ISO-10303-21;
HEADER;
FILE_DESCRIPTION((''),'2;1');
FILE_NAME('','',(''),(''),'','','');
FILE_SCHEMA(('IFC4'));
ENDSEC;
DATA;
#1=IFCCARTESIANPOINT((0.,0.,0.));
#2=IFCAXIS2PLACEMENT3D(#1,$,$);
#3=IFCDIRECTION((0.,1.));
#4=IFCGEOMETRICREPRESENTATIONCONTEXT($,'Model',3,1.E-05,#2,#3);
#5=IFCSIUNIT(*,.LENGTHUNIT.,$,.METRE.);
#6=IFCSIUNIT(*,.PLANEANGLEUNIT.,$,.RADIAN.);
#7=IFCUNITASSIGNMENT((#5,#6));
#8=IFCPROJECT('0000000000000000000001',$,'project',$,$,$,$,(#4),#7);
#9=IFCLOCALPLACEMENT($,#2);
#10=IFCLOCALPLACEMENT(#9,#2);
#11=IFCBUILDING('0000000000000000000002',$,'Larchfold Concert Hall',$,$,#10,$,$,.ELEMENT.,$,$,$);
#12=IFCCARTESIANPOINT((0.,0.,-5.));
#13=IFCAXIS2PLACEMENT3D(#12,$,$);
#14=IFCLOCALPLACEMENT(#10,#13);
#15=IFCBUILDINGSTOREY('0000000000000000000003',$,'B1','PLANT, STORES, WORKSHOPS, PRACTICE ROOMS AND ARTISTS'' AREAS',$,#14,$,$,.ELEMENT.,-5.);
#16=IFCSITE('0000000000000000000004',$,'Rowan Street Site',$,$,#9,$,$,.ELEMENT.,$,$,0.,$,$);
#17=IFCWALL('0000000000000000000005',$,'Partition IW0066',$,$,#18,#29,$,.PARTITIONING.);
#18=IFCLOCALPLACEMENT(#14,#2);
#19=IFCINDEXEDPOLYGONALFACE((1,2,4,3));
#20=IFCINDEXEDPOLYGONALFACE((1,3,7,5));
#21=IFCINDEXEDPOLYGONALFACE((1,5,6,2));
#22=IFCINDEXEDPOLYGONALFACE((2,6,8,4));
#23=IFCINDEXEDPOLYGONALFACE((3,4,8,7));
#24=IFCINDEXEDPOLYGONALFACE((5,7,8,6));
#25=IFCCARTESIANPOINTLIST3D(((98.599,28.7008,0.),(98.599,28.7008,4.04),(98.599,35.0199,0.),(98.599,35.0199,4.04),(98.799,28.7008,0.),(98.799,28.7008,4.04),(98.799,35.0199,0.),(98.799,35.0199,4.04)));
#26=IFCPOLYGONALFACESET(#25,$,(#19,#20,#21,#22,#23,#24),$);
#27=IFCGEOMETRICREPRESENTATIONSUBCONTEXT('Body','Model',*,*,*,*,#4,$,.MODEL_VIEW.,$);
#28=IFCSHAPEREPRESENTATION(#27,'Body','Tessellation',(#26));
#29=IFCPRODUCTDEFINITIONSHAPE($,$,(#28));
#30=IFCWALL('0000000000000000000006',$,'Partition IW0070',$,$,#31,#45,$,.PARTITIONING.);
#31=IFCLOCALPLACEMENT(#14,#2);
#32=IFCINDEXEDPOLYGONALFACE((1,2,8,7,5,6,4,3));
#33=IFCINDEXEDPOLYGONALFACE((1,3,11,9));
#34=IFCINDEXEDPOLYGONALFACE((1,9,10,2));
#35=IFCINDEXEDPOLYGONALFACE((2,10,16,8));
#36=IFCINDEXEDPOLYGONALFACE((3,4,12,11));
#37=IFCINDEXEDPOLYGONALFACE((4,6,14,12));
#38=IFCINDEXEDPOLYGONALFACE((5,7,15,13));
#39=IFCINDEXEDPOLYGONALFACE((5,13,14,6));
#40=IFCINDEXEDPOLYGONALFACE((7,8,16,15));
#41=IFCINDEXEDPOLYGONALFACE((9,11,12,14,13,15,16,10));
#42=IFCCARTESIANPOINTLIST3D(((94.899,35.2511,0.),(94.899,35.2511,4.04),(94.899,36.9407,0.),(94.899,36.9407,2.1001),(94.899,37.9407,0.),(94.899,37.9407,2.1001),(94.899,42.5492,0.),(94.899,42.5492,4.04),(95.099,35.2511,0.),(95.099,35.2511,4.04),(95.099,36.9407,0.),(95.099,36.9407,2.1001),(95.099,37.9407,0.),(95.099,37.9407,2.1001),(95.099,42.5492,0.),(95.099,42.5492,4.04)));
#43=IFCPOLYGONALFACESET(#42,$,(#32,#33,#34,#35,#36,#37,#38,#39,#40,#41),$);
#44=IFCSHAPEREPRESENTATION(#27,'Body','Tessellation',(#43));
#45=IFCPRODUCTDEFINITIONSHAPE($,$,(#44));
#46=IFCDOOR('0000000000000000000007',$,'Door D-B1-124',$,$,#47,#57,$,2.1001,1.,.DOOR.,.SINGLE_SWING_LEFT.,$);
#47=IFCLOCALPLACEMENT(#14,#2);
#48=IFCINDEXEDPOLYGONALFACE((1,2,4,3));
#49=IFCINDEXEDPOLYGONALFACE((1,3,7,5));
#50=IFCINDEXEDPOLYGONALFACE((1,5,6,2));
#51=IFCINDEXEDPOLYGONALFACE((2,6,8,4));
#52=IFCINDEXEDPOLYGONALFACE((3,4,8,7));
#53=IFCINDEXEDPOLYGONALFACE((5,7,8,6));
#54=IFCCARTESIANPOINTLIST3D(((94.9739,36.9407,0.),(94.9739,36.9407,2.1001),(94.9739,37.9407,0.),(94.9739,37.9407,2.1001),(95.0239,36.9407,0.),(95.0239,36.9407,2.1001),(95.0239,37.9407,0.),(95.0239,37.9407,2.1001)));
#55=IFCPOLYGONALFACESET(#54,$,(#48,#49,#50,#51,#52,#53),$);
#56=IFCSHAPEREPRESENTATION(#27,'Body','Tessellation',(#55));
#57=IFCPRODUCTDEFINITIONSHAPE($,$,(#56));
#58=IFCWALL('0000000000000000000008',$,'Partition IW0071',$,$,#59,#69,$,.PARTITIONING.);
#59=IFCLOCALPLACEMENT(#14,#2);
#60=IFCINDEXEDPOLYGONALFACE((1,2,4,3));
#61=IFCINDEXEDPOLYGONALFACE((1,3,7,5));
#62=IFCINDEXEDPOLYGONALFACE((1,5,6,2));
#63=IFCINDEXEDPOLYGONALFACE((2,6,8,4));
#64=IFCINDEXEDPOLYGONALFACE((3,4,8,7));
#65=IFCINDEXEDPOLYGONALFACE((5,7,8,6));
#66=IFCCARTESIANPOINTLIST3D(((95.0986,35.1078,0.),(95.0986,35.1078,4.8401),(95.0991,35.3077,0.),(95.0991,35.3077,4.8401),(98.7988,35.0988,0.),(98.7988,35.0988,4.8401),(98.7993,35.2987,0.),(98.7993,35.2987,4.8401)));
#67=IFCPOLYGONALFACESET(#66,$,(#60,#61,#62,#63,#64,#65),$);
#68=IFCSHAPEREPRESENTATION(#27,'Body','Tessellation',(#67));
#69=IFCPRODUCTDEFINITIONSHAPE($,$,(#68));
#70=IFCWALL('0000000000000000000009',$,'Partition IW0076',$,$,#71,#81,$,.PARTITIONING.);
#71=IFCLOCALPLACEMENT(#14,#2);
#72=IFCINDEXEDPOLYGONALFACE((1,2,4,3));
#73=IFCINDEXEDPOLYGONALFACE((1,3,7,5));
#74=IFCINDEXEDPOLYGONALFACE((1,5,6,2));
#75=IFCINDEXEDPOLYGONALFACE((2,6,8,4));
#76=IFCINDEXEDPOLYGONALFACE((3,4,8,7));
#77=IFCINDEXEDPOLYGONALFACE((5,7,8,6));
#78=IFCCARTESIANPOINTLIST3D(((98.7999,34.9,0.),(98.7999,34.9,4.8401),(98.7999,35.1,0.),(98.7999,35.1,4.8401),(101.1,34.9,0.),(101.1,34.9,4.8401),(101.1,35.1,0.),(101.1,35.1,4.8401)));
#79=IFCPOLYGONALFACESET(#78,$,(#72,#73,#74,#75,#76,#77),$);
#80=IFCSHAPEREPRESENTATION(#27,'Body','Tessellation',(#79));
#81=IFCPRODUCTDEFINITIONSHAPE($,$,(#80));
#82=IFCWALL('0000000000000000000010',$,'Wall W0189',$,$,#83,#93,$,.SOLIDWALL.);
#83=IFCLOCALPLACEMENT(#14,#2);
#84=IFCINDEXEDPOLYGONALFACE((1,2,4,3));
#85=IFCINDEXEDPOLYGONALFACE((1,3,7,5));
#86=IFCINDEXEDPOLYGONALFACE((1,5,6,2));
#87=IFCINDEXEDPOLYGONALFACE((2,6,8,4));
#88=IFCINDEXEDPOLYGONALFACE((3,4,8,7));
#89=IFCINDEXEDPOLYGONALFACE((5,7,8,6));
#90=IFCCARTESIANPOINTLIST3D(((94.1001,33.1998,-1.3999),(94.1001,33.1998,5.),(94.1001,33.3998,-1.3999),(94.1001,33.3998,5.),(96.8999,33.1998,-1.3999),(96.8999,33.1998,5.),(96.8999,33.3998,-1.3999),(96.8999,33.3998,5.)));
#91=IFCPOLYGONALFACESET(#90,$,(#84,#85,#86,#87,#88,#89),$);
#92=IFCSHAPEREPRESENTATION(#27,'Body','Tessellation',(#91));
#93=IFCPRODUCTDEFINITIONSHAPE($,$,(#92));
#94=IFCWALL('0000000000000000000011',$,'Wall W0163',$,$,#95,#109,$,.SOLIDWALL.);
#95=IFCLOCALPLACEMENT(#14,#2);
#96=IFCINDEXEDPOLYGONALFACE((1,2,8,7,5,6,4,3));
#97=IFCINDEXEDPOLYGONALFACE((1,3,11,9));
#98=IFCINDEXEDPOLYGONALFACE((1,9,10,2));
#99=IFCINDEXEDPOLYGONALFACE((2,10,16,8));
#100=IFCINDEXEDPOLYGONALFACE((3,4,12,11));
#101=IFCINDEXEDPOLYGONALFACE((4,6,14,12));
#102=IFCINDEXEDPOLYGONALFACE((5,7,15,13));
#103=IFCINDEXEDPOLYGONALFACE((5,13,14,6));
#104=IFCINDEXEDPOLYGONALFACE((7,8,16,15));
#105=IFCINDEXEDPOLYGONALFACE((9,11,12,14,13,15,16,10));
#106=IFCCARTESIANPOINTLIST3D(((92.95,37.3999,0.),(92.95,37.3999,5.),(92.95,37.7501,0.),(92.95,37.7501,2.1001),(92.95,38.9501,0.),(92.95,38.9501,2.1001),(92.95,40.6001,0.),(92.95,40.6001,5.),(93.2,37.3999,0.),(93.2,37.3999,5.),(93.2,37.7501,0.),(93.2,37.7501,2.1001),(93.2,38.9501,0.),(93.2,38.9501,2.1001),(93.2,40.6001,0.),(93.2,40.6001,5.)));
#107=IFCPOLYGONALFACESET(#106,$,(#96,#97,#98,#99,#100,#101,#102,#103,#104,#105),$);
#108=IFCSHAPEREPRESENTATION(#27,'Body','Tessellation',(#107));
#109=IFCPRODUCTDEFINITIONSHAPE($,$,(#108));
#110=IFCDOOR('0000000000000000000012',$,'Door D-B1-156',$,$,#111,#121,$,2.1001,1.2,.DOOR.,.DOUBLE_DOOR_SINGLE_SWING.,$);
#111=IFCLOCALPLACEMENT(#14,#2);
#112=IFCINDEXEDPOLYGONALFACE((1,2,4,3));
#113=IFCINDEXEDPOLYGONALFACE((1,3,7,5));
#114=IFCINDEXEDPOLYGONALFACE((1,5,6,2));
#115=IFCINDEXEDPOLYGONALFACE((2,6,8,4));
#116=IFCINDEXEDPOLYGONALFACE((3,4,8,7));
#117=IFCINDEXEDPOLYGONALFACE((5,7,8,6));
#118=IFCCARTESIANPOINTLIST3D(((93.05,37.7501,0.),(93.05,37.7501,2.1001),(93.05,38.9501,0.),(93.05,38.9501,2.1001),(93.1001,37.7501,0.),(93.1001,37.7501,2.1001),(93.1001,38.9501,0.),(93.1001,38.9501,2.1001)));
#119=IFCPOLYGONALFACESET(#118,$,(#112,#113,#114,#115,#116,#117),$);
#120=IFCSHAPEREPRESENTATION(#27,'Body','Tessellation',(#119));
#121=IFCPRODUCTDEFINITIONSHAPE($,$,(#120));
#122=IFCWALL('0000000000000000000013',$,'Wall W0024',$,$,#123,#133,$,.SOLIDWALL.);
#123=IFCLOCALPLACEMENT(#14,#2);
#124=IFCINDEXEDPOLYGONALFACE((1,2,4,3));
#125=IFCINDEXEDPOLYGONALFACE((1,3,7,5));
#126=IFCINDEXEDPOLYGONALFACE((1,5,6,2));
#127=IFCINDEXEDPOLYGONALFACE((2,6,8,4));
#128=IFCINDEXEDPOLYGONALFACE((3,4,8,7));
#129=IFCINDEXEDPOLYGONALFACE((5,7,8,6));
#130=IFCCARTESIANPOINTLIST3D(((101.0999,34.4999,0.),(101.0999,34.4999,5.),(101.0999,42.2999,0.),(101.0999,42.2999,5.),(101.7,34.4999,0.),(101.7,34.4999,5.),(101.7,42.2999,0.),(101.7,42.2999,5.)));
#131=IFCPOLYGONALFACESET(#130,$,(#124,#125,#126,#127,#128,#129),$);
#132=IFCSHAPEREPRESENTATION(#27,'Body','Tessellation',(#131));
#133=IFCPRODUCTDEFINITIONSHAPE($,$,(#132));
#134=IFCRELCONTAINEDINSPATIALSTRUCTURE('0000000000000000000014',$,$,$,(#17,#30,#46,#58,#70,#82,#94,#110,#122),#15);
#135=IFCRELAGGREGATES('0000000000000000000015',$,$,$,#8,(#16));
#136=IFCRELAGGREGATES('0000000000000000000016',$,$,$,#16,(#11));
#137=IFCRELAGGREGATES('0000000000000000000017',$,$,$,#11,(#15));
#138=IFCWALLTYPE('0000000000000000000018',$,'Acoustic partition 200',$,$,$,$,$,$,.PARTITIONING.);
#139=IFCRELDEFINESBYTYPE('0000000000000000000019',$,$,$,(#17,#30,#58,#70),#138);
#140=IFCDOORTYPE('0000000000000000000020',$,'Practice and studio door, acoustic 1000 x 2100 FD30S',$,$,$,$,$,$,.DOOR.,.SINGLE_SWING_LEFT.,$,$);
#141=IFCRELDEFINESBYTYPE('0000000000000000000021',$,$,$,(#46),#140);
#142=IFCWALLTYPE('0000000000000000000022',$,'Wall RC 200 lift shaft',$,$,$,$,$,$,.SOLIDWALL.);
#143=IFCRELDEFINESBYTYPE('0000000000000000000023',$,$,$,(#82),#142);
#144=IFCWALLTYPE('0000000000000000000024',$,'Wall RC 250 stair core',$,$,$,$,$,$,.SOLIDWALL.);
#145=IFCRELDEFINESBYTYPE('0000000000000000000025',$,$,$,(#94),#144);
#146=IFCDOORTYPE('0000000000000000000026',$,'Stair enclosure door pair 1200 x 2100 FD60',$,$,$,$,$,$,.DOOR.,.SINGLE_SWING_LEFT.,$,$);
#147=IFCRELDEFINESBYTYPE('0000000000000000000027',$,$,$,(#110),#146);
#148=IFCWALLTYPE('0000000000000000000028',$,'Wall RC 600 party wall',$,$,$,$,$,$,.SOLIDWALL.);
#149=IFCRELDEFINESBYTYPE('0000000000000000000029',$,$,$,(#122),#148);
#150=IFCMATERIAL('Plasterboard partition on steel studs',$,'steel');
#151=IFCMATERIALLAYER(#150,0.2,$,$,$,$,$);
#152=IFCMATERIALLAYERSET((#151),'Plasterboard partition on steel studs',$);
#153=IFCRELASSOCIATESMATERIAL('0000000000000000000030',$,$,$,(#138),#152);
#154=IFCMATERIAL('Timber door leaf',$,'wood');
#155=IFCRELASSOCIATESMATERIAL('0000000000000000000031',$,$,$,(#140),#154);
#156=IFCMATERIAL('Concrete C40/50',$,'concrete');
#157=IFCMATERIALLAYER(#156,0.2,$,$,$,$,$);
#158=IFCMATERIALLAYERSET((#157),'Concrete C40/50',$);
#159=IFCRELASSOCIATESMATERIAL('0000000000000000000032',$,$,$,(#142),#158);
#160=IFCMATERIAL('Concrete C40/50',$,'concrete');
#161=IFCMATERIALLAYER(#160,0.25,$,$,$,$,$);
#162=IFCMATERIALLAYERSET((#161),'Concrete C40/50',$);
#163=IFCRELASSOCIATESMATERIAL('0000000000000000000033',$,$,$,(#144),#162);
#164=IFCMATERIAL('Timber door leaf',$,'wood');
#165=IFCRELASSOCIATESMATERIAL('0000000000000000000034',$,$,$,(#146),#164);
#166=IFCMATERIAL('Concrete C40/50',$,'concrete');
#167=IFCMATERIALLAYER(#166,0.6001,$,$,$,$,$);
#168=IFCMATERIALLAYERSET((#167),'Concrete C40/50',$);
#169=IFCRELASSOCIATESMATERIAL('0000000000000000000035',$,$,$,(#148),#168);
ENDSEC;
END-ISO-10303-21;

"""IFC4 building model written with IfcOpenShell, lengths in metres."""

from ifc_helpers import new_model, si_unit, direction, frame, frame_2d, origin, place, context, subcontext, project, spatial, rectangle, extrude, material, layer, layer_set, type_object, element, fill, save


model = new_model("IFC4")

# Units and contexts
model_context = context("Model", 3, precision=1e-05, world=origin(), true_north=direction((0.0, 1.0)))
body_context = subcontext(model_context, "Body", "Model", "MODEL_VIEW")
ifc_project = project(units=[si_unit("LENGTHUNIT", "METRE"), si_unit("PLANEANGLEUNIT", "RADIAN")], contexts=[model_context])

# Site, building, storey
site_placement = place(None, origin())
site = spatial("IfcSite", under=ifc_project, at=site_placement, Name="Rowan Street Site", CompositionType="ELEMENT", RefElevation=0.0)
building_placement = place(site_placement, origin())
building = spatial("IfcBuilding", under=site, at=building_placement, Name="Larchfold Concert Hall", CompositionType="ELEMENT")
storey_placement = place(building_placement, frame((0.0, 0.0, -5.0)))
storey = spatial("IfcBuildingStorey", under=building, at=storey_placement, Name="B1", Description="PLANT, STORES, WORKSHOPS, PRACTICE ROOMS AND ARTISTS' AREAS", CompositionType="ELEMENT", Elevation=-5.0)

# Wall
ifc_material_1 = material(Name="Plasterboard partition on steel studs", Category="steel")
ifc_layer_1 = layer(ifc_material_1, 0.2)
ifc_layer_set_1 = layer_set([ifc_layer_1], Name="Plasterboard partition on steel studs")
wall_type_1 = type_object("IfcWallType", Name="Acoustic partition 200", PredefinedType="PARTITIONING", material=ifc_layer_set_1)
wall_1_placement = place(storey_placement, frame((98.699, 35.02, 0.0), z_axis=(0.0, 0.0, 1.0), x_axis=(0.0, -1.0, 0.0)))
element("IfcWall", 1, at=wall_1_placement, inside=storey, type_object=wall_type_1, Name="Partition IW0066", PredefinedType="PARTITIONING", context=body_context, shape_type="SweptSolid", body=[
    extrude(rectangle(XDim=6.3191, YDim=0.2, at=frame_2d((3.1597, 0.0))), origin(), (0.0, 0.0, 1.0), 4.04),
])

# Wall, opening, door
wall_2_placement = place(storey_placement, frame((94.999, 42.5491, 0.0), z_axis=(0.0, 0.0, 1.0), x_axis=(0.0, -1.0, 0.0)))
wall_2 = element("IfcWall", 2, at=wall_2_placement, inside=storey, type_object=wall_type_1, Name="Partition IW0070", PredefinedType="PARTITIONING", context=body_context, shape_type="SweptSolid", body=[
    extrude(rectangle(XDim=7.2981, YDim=0.2, at=frame_2d((3.6489, 0.0))), origin(), (0.0, 0.0, 1.0), 4.04),
])
opening_1_placement = place(wall_2_placement, frame((4.6084, 0.0, 0.0)))
opening_1 = element("IfcOpeningElement", 3, at=opening_1_placement, cuts=wall_2, PredefinedType="OPENING", context=body_context, shape_type="SweptSolid", body=[
    extrude(rectangle(XDim=1.0, YDim=2.1001, at=frame_2d((0.5, 1.05))), frame((0.0, 0.1099, 0.0), z_axis=(0.0, -1.0, 0.0), x_axis=(1.0, 0.0, 0.0)), (0.0, 0.0, 1.0), 0.22),
])
ifc_material_2 = material(Name="Timber door leaf", Category="wood")
door_type_1 = type_object("IfcDoorType", Name="Practice and studio door, acoustic 1000 x 2100 FD30S", OperationType="SINGLE_SWING_LEFT", PredefinedType="DOOR", material=ifc_material_2)
door_1_placement = place(opening_1_placement, origin())
door_1 = element("IfcDoor", 4, at=door_1_placement, inside=storey, type_object=door_type_1, Name="Door D-B1-124", OperationType="SINGLE_SWING_LEFT", OverallHeight=2.1001, OverallWidth=1.0, PredefinedType="DOOR", context=body_context, shape_type="SweptSolid", body=[
    extrude(rectangle(XDim=1.0, YDim=2.1001, at=frame_2d((0.5, 1.05))), frame((0.0, 0.0249, 0.0), z_axis=(0.0, -1.0, 0.0), x_axis=(1.0, 0.0, 0.0)), (0.0, 0.0, 1.0), 0.05),
])
fill(opening_1, door_1)

# Walls
wall_3_placement = place(storey_placement, frame((95.0989, 35.2078, 0.0), z_axis=(0.0, 0.0, 1.0), x_axis=(0.999997, -0.002441, 0.0)))
element("IfcWall", 5, at=wall_3_placement, inside=storey, type_object=wall_type_1, Name="Partition IW0071", PredefinedType="PARTITIONING", context=body_context, shape_type="SweptSolid", body=[
    extrude(rectangle(XDim=3.7002, YDim=0.2, at=frame_2d((1.8501, 0.0))), origin(), (0.0, 0.0, 1.0), 4.8401),
])
wall_4_placement = place(storey_placement, frame((98.8, 35.0, 0.0), z_axis=(0.0, 0.0, 1.0), x_axis=(1.0, 0.0, 0.0)))
element("IfcWall", 6, at=wall_4_placement, inside=storey, type_object=wall_type_1, Name="Partition IW0076", PredefinedType="PARTITIONING", context=body_context, shape_type="SweptSolid", body=[
    extrude(rectangle(XDim=2.3, YDim=0.2, at=frame_2d((1.1499, 0.0))), origin(), (0.0, 0.0, 1.0), 4.8401),
])
ifc_material_3 = material(Name="Concrete C40/50", Category="concrete")
ifc_layer_2 = layer(ifc_material_3, 0.2)
ifc_layer_set_2 = layer_set([ifc_layer_2], Name="Concrete C40/50")
wall_type_2 = type_object("IfcWallType", Name="Wall RC 200 lift shaft", PredefinedType="SOLIDWALL", material=ifc_layer_set_2)
wall_5_placement = place(storey_placement, frame((94.1001, 33.2998, -1.3999), z_axis=(0.0, 0.0, 1.0), x_axis=(1.0, 0.0, 0.0)))
element("IfcWall", 7, at=wall_5_placement, inside=storey, type_object=wall_type_2, Name="Wall W0189", PredefinedType="SOLIDWALL", context=body_context, shape_type="SweptSolid", body=[
    extrude(rectangle(XDim=2.7998, YDim=0.2, at=frame_2d((1.3999, 0.0))), origin(), (0.0, 0.0, 1.0), 6.3999),
])

# Wall, opening, door
ifc_material_4 = material(Name="Concrete C40/50", Category="concrete")
ifc_layer_3 = layer(ifc_material_4, 0.25)
ifc_layer_set_3 = layer_set([ifc_layer_3], Name="Concrete C40/50")
wall_type_3 = type_object("IfcWallType", Name="Wall RC 250 stair core", PredefinedType="SOLIDWALL", material=ifc_layer_set_3)
wall_6_placement = place(storey_placement, frame((93.075, 37.3999, 0.0), z_axis=(0.0, 0.0, 1.0), x_axis=(0.0, 1.0, 0.0)))
wall_6 = element("IfcWall", 8, at=wall_6_placement, inside=storey, type_object=wall_type_3, Name="Wall W0163", PredefinedType="SOLIDWALL", context=body_context, shape_type="SweptSolid", body=[
    extrude(rectangle(XDim=3.2002, YDim=0.25, at=frame_2d((1.6001, 0.0))), origin(), (0.0, 0.0, 1.0), 5.0),
])
opening_2_placement = place(wall_6_placement, frame((0.3501, 0.0, 0.0)))
opening_2 = element("IfcOpeningElement", 9, at=opening_2_placement, cuts=wall_6, PredefinedType="OPENING", context=body_context, shape_type="SweptSolid", body=[
    extrude(rectangle(XDim=1.2, YDim=2.1001, at=frame_2d((0.6001, 1.05))), frame((0.0, 0.135, 0.0), z_axis=(0.0, -1.0, 0.0), x_axis=(1.0, 0.0, 0.0)), (0.0, 0.0, 1.0), 0.27),
])
ifc_material_5 = material(Name="Timber door leaf", Category="wood")
door_type_2 = type_object("IfcDoorType", Name="Stair enclosure door pair 1200 x 2100 FD60", OperationType="SINGLE_SWING_LEFT", PredefinedType="DOOR", material=ifc_material_5)
door_2_placement = place(opening_2_placement, origin())
door_2 = element("IfcDoor", 10, at=door_2_placement, inside=storey, type_object=door_type_2, Name="Door D-B1-156", OperationType="DOUBLE_DOOR_SINGLE_SWING", OverallHeight=2.1001, OverallWidth=1.2, PredefinedType="DOOR", context=body_context, shape_type="SweptSolid", body=[
    extrude(rectangle(XDim=1.2, YDim=2.1001, at=frame_2d((0.6001, 1.05))), frame((0.0, 0.0249, 0.0), z_axis=(0.0, -1.0, 0.0), x_axis=(1.0, 0.0, 0.0)), (0.0, 0.0, 1.0), 0.05),
])
fill(opening_2, door_2)

# Wall
ifc_material_6 = material(Name="Concrete C40/50", Category="concrete")
ifc_layer_4 = layer(ifc_material_6, 0.6001)
ifc_layer_set_4 = layer_set([ifc_layer_4], Name="Concrete C40/50")
wall_type_4 = type_object("IfcWallType", Name="Wall RC 600 party wall", PredefinedType="SOLIDWALL", material=ifc_layer_set_4)
wall_7_placement = place(storey_placement, frame((101.3999, 34.5, 0.0), z_axis=(0.0, 0.0, 1.0), x_axis=(0.0, 1.0, 0.0)))
element("IfcWall", 11, at=wall_7_placement, inside=storey, type_object=wall_type_4, Name="Wall W0024", PredefinedType="SOLIDWALL", context=body_context, shape_type="SweptSolid", body=[
    extrude(rectangle(XDim=7.8, YDim=0.6001, at=frame_2d((3.8999, 0.0))), origin(), (0.0, 0.0, 1.0), 5.0),
])

save(model, "model.ifc")
